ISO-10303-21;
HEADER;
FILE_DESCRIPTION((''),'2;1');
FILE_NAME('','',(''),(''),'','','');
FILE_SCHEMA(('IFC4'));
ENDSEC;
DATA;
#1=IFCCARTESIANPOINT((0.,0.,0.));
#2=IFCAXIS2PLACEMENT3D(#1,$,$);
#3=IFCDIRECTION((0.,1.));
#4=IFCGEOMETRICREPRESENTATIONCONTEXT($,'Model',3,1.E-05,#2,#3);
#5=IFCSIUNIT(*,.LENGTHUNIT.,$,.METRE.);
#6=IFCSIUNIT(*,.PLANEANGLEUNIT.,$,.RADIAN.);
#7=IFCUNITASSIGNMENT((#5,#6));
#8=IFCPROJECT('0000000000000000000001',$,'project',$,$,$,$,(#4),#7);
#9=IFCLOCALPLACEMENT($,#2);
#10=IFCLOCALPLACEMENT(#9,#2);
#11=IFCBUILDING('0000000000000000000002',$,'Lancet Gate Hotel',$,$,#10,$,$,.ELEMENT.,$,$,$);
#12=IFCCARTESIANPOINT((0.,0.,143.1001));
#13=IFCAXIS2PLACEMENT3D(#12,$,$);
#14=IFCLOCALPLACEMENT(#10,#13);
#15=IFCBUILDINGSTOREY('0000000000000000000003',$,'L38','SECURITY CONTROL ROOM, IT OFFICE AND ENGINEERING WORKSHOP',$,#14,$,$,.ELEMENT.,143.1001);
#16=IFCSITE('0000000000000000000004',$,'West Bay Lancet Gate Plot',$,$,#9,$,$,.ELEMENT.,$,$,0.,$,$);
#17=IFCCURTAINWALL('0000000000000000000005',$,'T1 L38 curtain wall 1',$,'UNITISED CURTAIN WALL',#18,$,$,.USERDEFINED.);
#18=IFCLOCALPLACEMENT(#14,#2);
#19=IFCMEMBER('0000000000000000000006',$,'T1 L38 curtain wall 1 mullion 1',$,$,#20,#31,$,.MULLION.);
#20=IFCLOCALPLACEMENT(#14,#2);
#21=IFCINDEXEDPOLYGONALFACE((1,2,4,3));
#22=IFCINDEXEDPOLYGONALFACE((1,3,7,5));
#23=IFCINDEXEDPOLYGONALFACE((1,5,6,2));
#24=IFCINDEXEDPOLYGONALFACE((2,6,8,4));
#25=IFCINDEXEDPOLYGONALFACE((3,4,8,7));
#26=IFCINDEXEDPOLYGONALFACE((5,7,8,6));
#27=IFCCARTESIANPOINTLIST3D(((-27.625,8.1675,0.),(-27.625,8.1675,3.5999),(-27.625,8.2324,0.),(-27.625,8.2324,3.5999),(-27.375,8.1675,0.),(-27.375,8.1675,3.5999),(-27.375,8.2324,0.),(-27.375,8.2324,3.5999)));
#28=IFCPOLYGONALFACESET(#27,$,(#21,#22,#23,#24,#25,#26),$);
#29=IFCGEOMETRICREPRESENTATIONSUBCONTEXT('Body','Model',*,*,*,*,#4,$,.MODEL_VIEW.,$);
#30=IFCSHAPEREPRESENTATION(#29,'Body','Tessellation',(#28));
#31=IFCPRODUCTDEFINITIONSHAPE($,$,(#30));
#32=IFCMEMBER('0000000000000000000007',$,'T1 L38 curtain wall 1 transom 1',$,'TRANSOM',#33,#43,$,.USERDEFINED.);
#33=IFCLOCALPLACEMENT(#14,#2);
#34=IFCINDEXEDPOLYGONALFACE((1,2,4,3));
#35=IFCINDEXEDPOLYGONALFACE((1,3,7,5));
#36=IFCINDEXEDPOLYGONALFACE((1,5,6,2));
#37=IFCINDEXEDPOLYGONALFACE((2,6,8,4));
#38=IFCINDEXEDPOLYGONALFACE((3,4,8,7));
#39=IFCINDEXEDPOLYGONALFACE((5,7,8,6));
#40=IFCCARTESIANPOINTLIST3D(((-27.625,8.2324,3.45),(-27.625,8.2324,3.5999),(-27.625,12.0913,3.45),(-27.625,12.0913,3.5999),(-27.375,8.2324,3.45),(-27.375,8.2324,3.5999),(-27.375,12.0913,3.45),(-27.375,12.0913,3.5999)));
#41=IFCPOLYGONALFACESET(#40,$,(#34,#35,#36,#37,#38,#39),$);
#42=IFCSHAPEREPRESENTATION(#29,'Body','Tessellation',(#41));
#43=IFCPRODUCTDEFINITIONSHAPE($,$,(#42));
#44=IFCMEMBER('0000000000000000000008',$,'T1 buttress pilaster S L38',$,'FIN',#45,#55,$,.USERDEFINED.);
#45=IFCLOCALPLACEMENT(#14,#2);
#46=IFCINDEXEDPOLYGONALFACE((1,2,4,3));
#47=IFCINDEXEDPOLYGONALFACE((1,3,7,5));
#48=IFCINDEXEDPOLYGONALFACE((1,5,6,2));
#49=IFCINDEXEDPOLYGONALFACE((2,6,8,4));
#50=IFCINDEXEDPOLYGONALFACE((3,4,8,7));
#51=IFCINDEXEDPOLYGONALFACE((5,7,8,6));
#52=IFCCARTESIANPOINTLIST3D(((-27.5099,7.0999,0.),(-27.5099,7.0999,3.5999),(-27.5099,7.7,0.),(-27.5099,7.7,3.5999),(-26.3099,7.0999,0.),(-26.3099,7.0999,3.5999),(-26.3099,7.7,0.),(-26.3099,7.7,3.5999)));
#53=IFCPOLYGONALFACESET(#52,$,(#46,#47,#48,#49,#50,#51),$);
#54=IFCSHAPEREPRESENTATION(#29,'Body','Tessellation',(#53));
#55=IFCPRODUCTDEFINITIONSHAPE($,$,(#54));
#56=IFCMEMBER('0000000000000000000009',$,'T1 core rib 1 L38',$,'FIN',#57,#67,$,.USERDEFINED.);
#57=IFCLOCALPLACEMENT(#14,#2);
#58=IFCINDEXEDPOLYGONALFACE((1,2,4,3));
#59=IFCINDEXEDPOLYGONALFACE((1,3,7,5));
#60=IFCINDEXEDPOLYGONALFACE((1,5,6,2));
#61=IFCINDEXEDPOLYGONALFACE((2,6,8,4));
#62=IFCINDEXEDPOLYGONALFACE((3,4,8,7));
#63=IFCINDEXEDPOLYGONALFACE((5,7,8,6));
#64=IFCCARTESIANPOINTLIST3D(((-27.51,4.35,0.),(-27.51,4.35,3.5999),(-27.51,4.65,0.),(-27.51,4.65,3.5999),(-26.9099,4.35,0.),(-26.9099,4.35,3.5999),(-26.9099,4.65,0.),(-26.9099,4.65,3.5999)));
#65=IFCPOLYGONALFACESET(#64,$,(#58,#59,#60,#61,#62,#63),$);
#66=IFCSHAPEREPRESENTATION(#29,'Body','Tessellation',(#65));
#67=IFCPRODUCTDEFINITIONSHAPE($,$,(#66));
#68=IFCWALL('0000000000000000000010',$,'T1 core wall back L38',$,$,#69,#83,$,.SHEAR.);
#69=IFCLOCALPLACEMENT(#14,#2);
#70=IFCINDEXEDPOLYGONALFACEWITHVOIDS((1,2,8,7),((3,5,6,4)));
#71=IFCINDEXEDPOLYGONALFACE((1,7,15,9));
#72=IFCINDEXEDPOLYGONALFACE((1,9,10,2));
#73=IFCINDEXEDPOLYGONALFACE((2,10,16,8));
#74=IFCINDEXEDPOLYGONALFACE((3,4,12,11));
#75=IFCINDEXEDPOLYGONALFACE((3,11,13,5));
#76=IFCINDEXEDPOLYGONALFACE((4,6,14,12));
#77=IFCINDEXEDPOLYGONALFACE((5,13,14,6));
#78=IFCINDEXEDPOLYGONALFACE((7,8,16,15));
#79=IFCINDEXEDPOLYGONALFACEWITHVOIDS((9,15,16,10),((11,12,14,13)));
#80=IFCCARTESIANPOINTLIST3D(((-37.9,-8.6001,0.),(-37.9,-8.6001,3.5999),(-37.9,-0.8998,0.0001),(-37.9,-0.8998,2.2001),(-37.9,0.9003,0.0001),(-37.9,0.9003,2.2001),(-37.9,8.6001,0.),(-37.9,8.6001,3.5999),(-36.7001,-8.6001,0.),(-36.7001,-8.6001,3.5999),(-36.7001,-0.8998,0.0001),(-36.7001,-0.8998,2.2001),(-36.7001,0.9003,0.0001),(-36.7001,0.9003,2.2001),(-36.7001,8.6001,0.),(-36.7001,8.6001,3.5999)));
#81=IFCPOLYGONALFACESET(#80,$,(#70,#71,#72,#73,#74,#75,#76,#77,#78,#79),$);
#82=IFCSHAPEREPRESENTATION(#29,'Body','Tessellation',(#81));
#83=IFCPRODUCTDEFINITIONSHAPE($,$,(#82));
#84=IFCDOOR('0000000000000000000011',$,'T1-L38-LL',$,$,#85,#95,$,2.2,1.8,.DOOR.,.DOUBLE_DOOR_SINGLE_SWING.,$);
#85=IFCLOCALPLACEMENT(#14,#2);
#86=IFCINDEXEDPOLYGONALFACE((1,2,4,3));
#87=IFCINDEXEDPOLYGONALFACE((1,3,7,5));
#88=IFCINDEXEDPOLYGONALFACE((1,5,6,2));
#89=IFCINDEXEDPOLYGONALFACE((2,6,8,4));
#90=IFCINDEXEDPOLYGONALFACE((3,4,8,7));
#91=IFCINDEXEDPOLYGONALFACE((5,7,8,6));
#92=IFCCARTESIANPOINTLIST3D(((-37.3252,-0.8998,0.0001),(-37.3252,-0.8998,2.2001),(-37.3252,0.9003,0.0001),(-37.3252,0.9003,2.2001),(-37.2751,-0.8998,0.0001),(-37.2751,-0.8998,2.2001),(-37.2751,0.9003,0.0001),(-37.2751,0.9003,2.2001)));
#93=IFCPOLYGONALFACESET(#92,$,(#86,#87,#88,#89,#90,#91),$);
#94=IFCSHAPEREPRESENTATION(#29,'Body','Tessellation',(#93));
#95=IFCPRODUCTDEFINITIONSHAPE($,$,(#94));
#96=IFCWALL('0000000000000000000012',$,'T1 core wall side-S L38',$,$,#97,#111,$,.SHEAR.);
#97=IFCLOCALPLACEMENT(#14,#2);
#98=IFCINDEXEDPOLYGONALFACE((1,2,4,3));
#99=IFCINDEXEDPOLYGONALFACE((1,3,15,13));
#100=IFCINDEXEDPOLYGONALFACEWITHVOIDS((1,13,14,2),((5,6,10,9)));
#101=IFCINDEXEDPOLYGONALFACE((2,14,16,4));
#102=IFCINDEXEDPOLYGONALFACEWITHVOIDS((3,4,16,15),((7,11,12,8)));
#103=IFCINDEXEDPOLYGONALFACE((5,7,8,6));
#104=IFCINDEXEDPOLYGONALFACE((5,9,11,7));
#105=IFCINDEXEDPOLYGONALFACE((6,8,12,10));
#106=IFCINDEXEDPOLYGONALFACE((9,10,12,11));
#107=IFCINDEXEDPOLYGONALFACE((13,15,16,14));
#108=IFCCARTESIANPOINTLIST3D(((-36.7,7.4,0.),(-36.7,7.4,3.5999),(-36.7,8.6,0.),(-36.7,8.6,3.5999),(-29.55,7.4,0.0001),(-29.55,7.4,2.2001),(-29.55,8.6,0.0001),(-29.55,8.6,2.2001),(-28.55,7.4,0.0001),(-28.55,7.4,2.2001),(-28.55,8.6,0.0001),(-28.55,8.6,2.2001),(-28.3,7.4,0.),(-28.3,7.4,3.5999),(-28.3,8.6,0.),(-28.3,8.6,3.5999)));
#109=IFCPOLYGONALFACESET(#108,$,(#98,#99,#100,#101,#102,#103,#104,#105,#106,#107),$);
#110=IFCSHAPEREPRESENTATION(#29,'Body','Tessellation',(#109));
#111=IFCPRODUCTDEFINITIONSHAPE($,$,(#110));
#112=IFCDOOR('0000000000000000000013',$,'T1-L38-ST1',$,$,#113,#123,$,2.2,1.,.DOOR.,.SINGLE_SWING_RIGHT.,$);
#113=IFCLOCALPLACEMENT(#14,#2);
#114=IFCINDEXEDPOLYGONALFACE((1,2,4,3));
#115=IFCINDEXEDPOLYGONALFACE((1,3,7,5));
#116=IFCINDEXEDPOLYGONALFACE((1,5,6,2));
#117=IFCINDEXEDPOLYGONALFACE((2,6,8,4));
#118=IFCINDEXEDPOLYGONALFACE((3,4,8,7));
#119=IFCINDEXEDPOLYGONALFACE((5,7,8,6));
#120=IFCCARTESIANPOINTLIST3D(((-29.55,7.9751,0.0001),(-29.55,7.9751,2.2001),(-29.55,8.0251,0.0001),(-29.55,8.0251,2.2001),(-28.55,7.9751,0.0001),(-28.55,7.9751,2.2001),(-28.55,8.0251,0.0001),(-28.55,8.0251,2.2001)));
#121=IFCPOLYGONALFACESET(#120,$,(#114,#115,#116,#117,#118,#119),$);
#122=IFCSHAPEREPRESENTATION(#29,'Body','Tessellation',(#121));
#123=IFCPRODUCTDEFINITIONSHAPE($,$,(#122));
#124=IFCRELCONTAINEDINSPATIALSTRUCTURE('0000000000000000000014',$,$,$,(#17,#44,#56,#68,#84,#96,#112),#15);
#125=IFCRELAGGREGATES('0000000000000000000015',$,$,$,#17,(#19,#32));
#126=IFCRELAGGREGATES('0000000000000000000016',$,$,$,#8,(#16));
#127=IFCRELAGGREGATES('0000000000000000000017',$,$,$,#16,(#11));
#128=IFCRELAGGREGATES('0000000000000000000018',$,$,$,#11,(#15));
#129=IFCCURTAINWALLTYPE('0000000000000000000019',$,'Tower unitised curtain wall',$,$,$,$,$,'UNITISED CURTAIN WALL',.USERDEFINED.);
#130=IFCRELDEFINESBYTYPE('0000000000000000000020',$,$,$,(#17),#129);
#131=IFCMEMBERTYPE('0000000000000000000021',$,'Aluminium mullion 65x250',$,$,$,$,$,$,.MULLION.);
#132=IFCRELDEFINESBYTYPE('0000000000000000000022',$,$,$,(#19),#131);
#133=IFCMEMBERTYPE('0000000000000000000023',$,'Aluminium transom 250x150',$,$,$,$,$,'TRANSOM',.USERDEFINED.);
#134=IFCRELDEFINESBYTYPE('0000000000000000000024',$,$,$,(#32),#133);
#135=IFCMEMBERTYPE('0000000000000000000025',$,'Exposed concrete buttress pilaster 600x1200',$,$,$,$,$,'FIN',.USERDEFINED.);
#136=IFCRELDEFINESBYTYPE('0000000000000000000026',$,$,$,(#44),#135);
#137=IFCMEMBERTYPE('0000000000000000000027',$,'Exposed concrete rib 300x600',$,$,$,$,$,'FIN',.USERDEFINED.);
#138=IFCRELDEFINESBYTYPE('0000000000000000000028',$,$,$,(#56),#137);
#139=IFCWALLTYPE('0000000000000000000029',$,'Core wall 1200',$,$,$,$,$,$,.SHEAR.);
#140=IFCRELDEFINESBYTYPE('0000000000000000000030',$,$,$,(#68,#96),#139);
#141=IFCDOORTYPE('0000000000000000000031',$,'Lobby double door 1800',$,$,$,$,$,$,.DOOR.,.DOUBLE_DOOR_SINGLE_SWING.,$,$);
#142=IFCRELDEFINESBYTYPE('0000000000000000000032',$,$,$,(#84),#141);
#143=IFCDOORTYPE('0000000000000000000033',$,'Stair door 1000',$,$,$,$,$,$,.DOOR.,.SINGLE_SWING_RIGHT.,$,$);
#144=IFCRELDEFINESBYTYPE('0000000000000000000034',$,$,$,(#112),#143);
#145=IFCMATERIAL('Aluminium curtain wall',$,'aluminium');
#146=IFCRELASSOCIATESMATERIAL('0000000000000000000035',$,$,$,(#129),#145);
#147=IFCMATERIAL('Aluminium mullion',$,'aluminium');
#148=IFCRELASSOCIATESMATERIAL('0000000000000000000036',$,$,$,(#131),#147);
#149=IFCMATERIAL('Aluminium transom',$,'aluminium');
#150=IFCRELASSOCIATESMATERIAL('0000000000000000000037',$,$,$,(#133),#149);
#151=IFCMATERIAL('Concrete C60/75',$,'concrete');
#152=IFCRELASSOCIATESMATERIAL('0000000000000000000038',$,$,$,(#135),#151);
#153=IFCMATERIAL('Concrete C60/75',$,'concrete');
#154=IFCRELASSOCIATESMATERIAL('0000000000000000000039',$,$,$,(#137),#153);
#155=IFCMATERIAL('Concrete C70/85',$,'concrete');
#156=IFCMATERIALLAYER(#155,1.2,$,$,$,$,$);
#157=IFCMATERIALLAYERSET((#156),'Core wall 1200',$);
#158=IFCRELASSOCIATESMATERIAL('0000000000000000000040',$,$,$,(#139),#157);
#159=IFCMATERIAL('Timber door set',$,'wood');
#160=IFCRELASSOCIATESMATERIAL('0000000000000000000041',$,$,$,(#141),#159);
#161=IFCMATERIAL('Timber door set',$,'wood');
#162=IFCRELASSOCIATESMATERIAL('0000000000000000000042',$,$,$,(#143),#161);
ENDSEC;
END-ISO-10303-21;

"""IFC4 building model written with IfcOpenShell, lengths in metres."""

from ifc_helpers import new_model, si_unit, direction, frame, frame_2d, origin, origin_2d, place, context, subcontext, project, spatial, rectangle, extrude, material, layer, layer_set, material_profile, profile_set, type_object, element, fill, aggregate, save


model = new_model("IFC4")

# Units and contexts
model_context = context("Model", 3, precision=1e-05, world=origin(), true_north=direction((0.0, 1.0)))
body_context = subcontext(model_context, "Body", "Model", "MODEL_VIEW")
ifc_project = project(units=[si_unit("LENGTHUNIT", "METRE"), si_unit("PLANEANGLEUNIT", "RADIAN")], contexts=[model_context])

# Site, building, storey
site_placement = place(None, origin())
site = spatial("IfcSite", under=ifc_project, at=site_placement, Name="West Bay Lancet Gate Plot", CompositionType="ELEMENT", RefElevation=0.0)
building_placement = place(site_placement, origin())
building = spatial("IfcBuilding", under=site, at=building_placement, Name="Lancet Gate Hotel", CompositionType="ELEMENT")
storey_placement = place(building_placement, frame((0.0, 0.0, 143.1001)))
storey = spatial("IfcBuildingStorey", under=building, at=storey_placement, Name="L38", Description="SECURITY CONTROL ROOM, IT OFFICE AND ENGINEERING WORKSHOP", CompositionType="ELEMENT", Elevation=143.1001)

# Curtain wall, members
ifc_material_1 = material(Name="Aluminium curtain wall", Category="aluminium")
curtain_wall_type = type_object("IfcCurtainWallType", Name="Tower unitised curtain wall", ElementType="UNITISED CURTAIN WALL", PredefinedType="USERDEFINED", material=ifc_material_1)
curtain_wall_placement = place(storey_placement, origin())
curtain_wall = element("IfcCurtainWall", 1, at=curtain_wall_placement, inside=storey, type_object=curtain_wall_type, Name="T1 L38 curtain wall 1", ObjectType="UNITISED CURTAIN WALL", PredefinedType="USERDEFINED")
ifc_material_2 = material(Name="Aluminium mullion", Category="aluminium")
ifc_material_profile_1 = material_profile(ifc_material_2, rectangle(XDim=0.0649, YDim=0.25, at=origin_2d()), Name="MULLION 65x250")
ifc_profile_set_1 = profile_set([ifc_material_profile_1], Name="Aluminium mullion")
member_type_1 = type_object("IfcMemberType", Name="Aluminium mullion 65x250", PredefinedType="MULLION", material=ifc_profile_set_1)
member_1_placement = place(storey_placement, frame((-27.5, 8.2, 0.0), z_axis=(0.0, 0.0, 1.0), x_axis=(0.0, 1.0, 0.0)))
member_1 = element("IfcMember", 2, at=member_1_placement, type_object=member_type_1, Name="T1 L38 curtain wall 1 mullion 1", PredefinedType="MULLION", context=body_context, shape_type="SweptSolid", body=[
    extrude(rectangle(XDim=0.0649, YDim=0.25, at=origin_2d()), origin(), (0.0, 0.0, 1.0), 3.5999),
])
ifc_material_3 = material(Name="Aluminium transom", Category="aluminium")
ifc_material_profile_2 = material_profile(ifc_material_3, rectangle(XDim=0.25, YDim=0.1499, at=origin_2d()), Name="TRANSOM 250x150")
ifc_profile_set_2 = profile_set([ifc_material_profile_2], Name="Aluminium transom")
member_type_2 = type_object("IfcMemberType", Name="Aluminium transom 250x150", ElementType="TRANSOM", PredefinedType="USERDEFINED", material=ifc_profile_set_2)
member_2_placement = place(storey_placement, frame((-27.5, 8.2324, 3.5249), z_axis=(0.0, 1.0, 0.0), x_axis=(-1.0, 0.0, 0.0)))
member_2 = element("IfcMember", 3, at=member_2_placement, type_object=member_type_2, Name="T1 L38 curtain wall 1 transom 1", ObjectType="TRANSOM", PredefinedType="USERDEFINED", context=body_context, shape_type="SweptSolid", body=[
    extrude(rectangle(XDim=0.25, YDim=0.1499, at=origin_2d()), origin(), (0.0, 0.0, 1.0), 3.8589),
])
aggregate(curtain_wall, [member_1, member_2])

# Members
ifc_material_4 = material(Name="Concrete C60/75", Category="concrete")
ifc_material_profile_3 = material_profile(ifc_material_4, rectangle(XDim=0.6001, YDim=1.2, at=origin_2d()), Name="FIN 600x1200")
ifc_profile_set_3 = profile_set([ifc_material_profile_3], Name="Concrete C60/75")
member_type_3 = type_object("IfcMemberType", Name="Exposed concrete buttress pilaster 600x1200", ElementType="FIN", PredefinedType="USERDEFINED", material=ifc_profile_set_3)
member_3_placement = place(storey_placement, frame((-26.9099, 7.3999, 0.0), z_axis=(0.0, 0.0, 1.0), x_axis=(0.0, 1.0, 0.0)))
element("IfcMember", 4, at=member_3_placement, inside=storey, type_object=member_type_3, Name="T1 buttress pilaster S L38", ObjectType="FIN", PredefinedType="USERDEFINED", context=body_context, shape_type="SweptSolid", body=[
    extrude(rectangle(XDim=0.6001, YDim=1.2, at=origin_2d()), origin(), (0.0, 0.0, 1.0), 3.5999),
])
ifc_material_5 = material(Name="Concrete C60/75", Category="concrete")
ifc_material_profile_4 = material_profile(ifc_material_5, rectangle(XDim=0.3, YDim=0.6001, at=origin_2d()), Name="FIN 300x600")
ifc_profile_set_4 = profile_set([ifc_material_profile_4], Name="Concrete C60/75")
member_type_4 = type_object("IfcMemberType", Name="Exposed concrete rib 300x600", ElementType="FIN", PredefinedType="USERDEFINED", material=ifc_profile_set_4)
member_4_placement = place(storey_placement, frame((-27.21, 4.5, 0.0), z_axis=(0.0, 0.0, 1.0), x_axis=(0.0, 1.0, 0.0)))
element("IfcMember", 5, at=member_4_placement, inside=storey, type_object=member_type_4, Name="T1 core rib 1 L38", ObjectType="FIN", PredefinedType="USERDEFINED", context=body_context, shape_type="SweptSolid", body=[
    extrude(rectangle(XDim=0.3, YDim=0.6001, at=origin_2d()), origin(), (0.0, 0.0, 1.0), 3.5999),
])

# Walls, openings, doors
ifc_material_6 = material(Name="Concrete C70/85", Category="concrete")
ifc_layer_1 = layer(ifc_material_6, 1.2)
ifc_layer_set_1 = layer_set([ifc_layer_1], Name="Core wall 1200")
wall_type_1 = type_object("IfcWallType", Name="Core wall 1200", PredefinedType="SHEAR", material=ifc_layer_set_1)
wall_1_placement = place(storey_placement, frame((-37.3, 8.6001, 0.0), z_axis=(0.0, 0.0, 1.0), x_axis=(0.0, -1.0, 0.0)))
wall_1 = element("IfcWall", 6, at=wall_1_placement, inside=storey, type_object=wall_type_1, Name="T1 core wall back L38", PredefinedType="SHEAR", context=body_context, shape_type="SweptSolid", body=[
    extrude(rectangle(XDim=17.2002, YDim=1.2, at=frame_2d((8.6001, 0.0))), origin(), (0.0, 0.0, 1.0), 3.5999),
])
opening_1_placement = place(wall_1_placement, frame((7.7, 0.0, 0.0)))
opening_1 = element("IfcOpeningElement", 7, at=opening_1_placement, cuts=wall_1, PredefinedType="OPENING", context=body_context, shape_type="SweptSolid", body=[
    extrude(rectangle(XDim=1.8, YDim=2.2, at=frame_2d((0.8999, 1.1001))), frame((0.0, 0.6099, 0.0), z_axis=(0.0, -1.0, 0.0), x_axis=(1.0, 0.0, 0.0)), (0.0, 0.0, 1.0), 1.22),
])
ifc_material_7 = material(Name="Timber door set", Category="wood")
door_type_1 = type_object("IfcDoorType", Name="Lobby double door 1800", OperationType="DOUBLE_DOOR_SINGLE_SWING", PredefinedType="DOOR", material=ifc_material_7)
door_1_placement = place(opening_1_placement, origin())
door_1 = element("IfcDoor", 8, at=door_1_placement, inside=storey, type_object=door_type_1, Name="T1-L38-LL", OperationType="DOUBLE_DOOR_SINGLE_SWING", OverallHeight=2.2, OverallWidth=1.8, PredefinedType="DOOR", context=body_context, shape_type="SweptSolid", body=[
    extrude(rectangle(XDim=1.8, YDim=2.2, at=frame_2d((0.8999, 1.1001))), frame((0.0, 0.0249, 0.0), z_axis=(0.0, -1.0, 0.0), x_axis=(1.0, 0.0, 0.0)), (0.0, 0.0, 1.0), 0.05),
])
fill(opening_1, door_1)
wall_2_placement = place(storey_placement, frame((-28.3, 8.0, 0.0), z_axis=(0.0, 0.0, 1.0), x_axis=(-1.0, 0.0, 0.0)))
wall_2 = element("IfcWall", 9, at=wall_2_placement, inside=storey, type_object=wall_type_1, Name="T1 core wall side-S L38", PredefinedType="SHEAR", context=body_context, shape_type="SweptSolid", body=[
    extrude(rectangle(XDim=8.3999, YDim=1.2, at=frame_2d((4.2, 0.0))), origin(), (0.0, 0.0, 1.0), 3.5999),
])
opening_2_placement = place(wall_2_placement, frame((0.25, 0.0, 0.0)))
opening_2 = element("IfcOpeningElement", 10, at=opening_2_placement, cuts=wall_2, PredefinedType="OPENING", context=body_context, shape_type="SweptSolid", body=[
    extrude(rectangle(XDim=1.0, YDim=2.2, at=frame_2d((0.5, 1.1001))), frame((0.0, 0.6099, 0.0), z_axis=(0.0, -1.0, 0.0), x_axis=(1.0, 0.0, 0.0)), (0.0, 0.0, 1.0), 1.22),
])
ifc_material_8 = material(Name="Timber door set", Category="wood")
door_type_2 = type_object("IfcDoorType", Name="Stair door 1000", OperationType="SINGLE_SWING_RIGHT", PredefinedType="DOOR", material=ifc_material_8)
door_2_placement = place(opening_2_placement, origin())
door_2 = element("IfcDoor", 11, at=door_2_placement, inside=storey, type_object=door_type_2, Name="T1-L38-ST1", OperationType="SINGLE_SWING_RIGHT", OverallHeight=2.2, OverallWidth=1.0, PredefinedType="DOOR", context=body_context, shape_type="SweptSolid", body=[
    extrude(rectangle(XDim=1.0, YDim=2.2, at=frame_2d((0.5, 1.1001))), frame((0.0, 0.0249, 0.0), z_axis=(0.0, -1.0, 0.0), x_axis=(1.0, 0.0, 0.0)), (0.0, 0.0, 1.0), 0.05),
])
fill(opening_2, door_2)

save(model, "model.ifc")
